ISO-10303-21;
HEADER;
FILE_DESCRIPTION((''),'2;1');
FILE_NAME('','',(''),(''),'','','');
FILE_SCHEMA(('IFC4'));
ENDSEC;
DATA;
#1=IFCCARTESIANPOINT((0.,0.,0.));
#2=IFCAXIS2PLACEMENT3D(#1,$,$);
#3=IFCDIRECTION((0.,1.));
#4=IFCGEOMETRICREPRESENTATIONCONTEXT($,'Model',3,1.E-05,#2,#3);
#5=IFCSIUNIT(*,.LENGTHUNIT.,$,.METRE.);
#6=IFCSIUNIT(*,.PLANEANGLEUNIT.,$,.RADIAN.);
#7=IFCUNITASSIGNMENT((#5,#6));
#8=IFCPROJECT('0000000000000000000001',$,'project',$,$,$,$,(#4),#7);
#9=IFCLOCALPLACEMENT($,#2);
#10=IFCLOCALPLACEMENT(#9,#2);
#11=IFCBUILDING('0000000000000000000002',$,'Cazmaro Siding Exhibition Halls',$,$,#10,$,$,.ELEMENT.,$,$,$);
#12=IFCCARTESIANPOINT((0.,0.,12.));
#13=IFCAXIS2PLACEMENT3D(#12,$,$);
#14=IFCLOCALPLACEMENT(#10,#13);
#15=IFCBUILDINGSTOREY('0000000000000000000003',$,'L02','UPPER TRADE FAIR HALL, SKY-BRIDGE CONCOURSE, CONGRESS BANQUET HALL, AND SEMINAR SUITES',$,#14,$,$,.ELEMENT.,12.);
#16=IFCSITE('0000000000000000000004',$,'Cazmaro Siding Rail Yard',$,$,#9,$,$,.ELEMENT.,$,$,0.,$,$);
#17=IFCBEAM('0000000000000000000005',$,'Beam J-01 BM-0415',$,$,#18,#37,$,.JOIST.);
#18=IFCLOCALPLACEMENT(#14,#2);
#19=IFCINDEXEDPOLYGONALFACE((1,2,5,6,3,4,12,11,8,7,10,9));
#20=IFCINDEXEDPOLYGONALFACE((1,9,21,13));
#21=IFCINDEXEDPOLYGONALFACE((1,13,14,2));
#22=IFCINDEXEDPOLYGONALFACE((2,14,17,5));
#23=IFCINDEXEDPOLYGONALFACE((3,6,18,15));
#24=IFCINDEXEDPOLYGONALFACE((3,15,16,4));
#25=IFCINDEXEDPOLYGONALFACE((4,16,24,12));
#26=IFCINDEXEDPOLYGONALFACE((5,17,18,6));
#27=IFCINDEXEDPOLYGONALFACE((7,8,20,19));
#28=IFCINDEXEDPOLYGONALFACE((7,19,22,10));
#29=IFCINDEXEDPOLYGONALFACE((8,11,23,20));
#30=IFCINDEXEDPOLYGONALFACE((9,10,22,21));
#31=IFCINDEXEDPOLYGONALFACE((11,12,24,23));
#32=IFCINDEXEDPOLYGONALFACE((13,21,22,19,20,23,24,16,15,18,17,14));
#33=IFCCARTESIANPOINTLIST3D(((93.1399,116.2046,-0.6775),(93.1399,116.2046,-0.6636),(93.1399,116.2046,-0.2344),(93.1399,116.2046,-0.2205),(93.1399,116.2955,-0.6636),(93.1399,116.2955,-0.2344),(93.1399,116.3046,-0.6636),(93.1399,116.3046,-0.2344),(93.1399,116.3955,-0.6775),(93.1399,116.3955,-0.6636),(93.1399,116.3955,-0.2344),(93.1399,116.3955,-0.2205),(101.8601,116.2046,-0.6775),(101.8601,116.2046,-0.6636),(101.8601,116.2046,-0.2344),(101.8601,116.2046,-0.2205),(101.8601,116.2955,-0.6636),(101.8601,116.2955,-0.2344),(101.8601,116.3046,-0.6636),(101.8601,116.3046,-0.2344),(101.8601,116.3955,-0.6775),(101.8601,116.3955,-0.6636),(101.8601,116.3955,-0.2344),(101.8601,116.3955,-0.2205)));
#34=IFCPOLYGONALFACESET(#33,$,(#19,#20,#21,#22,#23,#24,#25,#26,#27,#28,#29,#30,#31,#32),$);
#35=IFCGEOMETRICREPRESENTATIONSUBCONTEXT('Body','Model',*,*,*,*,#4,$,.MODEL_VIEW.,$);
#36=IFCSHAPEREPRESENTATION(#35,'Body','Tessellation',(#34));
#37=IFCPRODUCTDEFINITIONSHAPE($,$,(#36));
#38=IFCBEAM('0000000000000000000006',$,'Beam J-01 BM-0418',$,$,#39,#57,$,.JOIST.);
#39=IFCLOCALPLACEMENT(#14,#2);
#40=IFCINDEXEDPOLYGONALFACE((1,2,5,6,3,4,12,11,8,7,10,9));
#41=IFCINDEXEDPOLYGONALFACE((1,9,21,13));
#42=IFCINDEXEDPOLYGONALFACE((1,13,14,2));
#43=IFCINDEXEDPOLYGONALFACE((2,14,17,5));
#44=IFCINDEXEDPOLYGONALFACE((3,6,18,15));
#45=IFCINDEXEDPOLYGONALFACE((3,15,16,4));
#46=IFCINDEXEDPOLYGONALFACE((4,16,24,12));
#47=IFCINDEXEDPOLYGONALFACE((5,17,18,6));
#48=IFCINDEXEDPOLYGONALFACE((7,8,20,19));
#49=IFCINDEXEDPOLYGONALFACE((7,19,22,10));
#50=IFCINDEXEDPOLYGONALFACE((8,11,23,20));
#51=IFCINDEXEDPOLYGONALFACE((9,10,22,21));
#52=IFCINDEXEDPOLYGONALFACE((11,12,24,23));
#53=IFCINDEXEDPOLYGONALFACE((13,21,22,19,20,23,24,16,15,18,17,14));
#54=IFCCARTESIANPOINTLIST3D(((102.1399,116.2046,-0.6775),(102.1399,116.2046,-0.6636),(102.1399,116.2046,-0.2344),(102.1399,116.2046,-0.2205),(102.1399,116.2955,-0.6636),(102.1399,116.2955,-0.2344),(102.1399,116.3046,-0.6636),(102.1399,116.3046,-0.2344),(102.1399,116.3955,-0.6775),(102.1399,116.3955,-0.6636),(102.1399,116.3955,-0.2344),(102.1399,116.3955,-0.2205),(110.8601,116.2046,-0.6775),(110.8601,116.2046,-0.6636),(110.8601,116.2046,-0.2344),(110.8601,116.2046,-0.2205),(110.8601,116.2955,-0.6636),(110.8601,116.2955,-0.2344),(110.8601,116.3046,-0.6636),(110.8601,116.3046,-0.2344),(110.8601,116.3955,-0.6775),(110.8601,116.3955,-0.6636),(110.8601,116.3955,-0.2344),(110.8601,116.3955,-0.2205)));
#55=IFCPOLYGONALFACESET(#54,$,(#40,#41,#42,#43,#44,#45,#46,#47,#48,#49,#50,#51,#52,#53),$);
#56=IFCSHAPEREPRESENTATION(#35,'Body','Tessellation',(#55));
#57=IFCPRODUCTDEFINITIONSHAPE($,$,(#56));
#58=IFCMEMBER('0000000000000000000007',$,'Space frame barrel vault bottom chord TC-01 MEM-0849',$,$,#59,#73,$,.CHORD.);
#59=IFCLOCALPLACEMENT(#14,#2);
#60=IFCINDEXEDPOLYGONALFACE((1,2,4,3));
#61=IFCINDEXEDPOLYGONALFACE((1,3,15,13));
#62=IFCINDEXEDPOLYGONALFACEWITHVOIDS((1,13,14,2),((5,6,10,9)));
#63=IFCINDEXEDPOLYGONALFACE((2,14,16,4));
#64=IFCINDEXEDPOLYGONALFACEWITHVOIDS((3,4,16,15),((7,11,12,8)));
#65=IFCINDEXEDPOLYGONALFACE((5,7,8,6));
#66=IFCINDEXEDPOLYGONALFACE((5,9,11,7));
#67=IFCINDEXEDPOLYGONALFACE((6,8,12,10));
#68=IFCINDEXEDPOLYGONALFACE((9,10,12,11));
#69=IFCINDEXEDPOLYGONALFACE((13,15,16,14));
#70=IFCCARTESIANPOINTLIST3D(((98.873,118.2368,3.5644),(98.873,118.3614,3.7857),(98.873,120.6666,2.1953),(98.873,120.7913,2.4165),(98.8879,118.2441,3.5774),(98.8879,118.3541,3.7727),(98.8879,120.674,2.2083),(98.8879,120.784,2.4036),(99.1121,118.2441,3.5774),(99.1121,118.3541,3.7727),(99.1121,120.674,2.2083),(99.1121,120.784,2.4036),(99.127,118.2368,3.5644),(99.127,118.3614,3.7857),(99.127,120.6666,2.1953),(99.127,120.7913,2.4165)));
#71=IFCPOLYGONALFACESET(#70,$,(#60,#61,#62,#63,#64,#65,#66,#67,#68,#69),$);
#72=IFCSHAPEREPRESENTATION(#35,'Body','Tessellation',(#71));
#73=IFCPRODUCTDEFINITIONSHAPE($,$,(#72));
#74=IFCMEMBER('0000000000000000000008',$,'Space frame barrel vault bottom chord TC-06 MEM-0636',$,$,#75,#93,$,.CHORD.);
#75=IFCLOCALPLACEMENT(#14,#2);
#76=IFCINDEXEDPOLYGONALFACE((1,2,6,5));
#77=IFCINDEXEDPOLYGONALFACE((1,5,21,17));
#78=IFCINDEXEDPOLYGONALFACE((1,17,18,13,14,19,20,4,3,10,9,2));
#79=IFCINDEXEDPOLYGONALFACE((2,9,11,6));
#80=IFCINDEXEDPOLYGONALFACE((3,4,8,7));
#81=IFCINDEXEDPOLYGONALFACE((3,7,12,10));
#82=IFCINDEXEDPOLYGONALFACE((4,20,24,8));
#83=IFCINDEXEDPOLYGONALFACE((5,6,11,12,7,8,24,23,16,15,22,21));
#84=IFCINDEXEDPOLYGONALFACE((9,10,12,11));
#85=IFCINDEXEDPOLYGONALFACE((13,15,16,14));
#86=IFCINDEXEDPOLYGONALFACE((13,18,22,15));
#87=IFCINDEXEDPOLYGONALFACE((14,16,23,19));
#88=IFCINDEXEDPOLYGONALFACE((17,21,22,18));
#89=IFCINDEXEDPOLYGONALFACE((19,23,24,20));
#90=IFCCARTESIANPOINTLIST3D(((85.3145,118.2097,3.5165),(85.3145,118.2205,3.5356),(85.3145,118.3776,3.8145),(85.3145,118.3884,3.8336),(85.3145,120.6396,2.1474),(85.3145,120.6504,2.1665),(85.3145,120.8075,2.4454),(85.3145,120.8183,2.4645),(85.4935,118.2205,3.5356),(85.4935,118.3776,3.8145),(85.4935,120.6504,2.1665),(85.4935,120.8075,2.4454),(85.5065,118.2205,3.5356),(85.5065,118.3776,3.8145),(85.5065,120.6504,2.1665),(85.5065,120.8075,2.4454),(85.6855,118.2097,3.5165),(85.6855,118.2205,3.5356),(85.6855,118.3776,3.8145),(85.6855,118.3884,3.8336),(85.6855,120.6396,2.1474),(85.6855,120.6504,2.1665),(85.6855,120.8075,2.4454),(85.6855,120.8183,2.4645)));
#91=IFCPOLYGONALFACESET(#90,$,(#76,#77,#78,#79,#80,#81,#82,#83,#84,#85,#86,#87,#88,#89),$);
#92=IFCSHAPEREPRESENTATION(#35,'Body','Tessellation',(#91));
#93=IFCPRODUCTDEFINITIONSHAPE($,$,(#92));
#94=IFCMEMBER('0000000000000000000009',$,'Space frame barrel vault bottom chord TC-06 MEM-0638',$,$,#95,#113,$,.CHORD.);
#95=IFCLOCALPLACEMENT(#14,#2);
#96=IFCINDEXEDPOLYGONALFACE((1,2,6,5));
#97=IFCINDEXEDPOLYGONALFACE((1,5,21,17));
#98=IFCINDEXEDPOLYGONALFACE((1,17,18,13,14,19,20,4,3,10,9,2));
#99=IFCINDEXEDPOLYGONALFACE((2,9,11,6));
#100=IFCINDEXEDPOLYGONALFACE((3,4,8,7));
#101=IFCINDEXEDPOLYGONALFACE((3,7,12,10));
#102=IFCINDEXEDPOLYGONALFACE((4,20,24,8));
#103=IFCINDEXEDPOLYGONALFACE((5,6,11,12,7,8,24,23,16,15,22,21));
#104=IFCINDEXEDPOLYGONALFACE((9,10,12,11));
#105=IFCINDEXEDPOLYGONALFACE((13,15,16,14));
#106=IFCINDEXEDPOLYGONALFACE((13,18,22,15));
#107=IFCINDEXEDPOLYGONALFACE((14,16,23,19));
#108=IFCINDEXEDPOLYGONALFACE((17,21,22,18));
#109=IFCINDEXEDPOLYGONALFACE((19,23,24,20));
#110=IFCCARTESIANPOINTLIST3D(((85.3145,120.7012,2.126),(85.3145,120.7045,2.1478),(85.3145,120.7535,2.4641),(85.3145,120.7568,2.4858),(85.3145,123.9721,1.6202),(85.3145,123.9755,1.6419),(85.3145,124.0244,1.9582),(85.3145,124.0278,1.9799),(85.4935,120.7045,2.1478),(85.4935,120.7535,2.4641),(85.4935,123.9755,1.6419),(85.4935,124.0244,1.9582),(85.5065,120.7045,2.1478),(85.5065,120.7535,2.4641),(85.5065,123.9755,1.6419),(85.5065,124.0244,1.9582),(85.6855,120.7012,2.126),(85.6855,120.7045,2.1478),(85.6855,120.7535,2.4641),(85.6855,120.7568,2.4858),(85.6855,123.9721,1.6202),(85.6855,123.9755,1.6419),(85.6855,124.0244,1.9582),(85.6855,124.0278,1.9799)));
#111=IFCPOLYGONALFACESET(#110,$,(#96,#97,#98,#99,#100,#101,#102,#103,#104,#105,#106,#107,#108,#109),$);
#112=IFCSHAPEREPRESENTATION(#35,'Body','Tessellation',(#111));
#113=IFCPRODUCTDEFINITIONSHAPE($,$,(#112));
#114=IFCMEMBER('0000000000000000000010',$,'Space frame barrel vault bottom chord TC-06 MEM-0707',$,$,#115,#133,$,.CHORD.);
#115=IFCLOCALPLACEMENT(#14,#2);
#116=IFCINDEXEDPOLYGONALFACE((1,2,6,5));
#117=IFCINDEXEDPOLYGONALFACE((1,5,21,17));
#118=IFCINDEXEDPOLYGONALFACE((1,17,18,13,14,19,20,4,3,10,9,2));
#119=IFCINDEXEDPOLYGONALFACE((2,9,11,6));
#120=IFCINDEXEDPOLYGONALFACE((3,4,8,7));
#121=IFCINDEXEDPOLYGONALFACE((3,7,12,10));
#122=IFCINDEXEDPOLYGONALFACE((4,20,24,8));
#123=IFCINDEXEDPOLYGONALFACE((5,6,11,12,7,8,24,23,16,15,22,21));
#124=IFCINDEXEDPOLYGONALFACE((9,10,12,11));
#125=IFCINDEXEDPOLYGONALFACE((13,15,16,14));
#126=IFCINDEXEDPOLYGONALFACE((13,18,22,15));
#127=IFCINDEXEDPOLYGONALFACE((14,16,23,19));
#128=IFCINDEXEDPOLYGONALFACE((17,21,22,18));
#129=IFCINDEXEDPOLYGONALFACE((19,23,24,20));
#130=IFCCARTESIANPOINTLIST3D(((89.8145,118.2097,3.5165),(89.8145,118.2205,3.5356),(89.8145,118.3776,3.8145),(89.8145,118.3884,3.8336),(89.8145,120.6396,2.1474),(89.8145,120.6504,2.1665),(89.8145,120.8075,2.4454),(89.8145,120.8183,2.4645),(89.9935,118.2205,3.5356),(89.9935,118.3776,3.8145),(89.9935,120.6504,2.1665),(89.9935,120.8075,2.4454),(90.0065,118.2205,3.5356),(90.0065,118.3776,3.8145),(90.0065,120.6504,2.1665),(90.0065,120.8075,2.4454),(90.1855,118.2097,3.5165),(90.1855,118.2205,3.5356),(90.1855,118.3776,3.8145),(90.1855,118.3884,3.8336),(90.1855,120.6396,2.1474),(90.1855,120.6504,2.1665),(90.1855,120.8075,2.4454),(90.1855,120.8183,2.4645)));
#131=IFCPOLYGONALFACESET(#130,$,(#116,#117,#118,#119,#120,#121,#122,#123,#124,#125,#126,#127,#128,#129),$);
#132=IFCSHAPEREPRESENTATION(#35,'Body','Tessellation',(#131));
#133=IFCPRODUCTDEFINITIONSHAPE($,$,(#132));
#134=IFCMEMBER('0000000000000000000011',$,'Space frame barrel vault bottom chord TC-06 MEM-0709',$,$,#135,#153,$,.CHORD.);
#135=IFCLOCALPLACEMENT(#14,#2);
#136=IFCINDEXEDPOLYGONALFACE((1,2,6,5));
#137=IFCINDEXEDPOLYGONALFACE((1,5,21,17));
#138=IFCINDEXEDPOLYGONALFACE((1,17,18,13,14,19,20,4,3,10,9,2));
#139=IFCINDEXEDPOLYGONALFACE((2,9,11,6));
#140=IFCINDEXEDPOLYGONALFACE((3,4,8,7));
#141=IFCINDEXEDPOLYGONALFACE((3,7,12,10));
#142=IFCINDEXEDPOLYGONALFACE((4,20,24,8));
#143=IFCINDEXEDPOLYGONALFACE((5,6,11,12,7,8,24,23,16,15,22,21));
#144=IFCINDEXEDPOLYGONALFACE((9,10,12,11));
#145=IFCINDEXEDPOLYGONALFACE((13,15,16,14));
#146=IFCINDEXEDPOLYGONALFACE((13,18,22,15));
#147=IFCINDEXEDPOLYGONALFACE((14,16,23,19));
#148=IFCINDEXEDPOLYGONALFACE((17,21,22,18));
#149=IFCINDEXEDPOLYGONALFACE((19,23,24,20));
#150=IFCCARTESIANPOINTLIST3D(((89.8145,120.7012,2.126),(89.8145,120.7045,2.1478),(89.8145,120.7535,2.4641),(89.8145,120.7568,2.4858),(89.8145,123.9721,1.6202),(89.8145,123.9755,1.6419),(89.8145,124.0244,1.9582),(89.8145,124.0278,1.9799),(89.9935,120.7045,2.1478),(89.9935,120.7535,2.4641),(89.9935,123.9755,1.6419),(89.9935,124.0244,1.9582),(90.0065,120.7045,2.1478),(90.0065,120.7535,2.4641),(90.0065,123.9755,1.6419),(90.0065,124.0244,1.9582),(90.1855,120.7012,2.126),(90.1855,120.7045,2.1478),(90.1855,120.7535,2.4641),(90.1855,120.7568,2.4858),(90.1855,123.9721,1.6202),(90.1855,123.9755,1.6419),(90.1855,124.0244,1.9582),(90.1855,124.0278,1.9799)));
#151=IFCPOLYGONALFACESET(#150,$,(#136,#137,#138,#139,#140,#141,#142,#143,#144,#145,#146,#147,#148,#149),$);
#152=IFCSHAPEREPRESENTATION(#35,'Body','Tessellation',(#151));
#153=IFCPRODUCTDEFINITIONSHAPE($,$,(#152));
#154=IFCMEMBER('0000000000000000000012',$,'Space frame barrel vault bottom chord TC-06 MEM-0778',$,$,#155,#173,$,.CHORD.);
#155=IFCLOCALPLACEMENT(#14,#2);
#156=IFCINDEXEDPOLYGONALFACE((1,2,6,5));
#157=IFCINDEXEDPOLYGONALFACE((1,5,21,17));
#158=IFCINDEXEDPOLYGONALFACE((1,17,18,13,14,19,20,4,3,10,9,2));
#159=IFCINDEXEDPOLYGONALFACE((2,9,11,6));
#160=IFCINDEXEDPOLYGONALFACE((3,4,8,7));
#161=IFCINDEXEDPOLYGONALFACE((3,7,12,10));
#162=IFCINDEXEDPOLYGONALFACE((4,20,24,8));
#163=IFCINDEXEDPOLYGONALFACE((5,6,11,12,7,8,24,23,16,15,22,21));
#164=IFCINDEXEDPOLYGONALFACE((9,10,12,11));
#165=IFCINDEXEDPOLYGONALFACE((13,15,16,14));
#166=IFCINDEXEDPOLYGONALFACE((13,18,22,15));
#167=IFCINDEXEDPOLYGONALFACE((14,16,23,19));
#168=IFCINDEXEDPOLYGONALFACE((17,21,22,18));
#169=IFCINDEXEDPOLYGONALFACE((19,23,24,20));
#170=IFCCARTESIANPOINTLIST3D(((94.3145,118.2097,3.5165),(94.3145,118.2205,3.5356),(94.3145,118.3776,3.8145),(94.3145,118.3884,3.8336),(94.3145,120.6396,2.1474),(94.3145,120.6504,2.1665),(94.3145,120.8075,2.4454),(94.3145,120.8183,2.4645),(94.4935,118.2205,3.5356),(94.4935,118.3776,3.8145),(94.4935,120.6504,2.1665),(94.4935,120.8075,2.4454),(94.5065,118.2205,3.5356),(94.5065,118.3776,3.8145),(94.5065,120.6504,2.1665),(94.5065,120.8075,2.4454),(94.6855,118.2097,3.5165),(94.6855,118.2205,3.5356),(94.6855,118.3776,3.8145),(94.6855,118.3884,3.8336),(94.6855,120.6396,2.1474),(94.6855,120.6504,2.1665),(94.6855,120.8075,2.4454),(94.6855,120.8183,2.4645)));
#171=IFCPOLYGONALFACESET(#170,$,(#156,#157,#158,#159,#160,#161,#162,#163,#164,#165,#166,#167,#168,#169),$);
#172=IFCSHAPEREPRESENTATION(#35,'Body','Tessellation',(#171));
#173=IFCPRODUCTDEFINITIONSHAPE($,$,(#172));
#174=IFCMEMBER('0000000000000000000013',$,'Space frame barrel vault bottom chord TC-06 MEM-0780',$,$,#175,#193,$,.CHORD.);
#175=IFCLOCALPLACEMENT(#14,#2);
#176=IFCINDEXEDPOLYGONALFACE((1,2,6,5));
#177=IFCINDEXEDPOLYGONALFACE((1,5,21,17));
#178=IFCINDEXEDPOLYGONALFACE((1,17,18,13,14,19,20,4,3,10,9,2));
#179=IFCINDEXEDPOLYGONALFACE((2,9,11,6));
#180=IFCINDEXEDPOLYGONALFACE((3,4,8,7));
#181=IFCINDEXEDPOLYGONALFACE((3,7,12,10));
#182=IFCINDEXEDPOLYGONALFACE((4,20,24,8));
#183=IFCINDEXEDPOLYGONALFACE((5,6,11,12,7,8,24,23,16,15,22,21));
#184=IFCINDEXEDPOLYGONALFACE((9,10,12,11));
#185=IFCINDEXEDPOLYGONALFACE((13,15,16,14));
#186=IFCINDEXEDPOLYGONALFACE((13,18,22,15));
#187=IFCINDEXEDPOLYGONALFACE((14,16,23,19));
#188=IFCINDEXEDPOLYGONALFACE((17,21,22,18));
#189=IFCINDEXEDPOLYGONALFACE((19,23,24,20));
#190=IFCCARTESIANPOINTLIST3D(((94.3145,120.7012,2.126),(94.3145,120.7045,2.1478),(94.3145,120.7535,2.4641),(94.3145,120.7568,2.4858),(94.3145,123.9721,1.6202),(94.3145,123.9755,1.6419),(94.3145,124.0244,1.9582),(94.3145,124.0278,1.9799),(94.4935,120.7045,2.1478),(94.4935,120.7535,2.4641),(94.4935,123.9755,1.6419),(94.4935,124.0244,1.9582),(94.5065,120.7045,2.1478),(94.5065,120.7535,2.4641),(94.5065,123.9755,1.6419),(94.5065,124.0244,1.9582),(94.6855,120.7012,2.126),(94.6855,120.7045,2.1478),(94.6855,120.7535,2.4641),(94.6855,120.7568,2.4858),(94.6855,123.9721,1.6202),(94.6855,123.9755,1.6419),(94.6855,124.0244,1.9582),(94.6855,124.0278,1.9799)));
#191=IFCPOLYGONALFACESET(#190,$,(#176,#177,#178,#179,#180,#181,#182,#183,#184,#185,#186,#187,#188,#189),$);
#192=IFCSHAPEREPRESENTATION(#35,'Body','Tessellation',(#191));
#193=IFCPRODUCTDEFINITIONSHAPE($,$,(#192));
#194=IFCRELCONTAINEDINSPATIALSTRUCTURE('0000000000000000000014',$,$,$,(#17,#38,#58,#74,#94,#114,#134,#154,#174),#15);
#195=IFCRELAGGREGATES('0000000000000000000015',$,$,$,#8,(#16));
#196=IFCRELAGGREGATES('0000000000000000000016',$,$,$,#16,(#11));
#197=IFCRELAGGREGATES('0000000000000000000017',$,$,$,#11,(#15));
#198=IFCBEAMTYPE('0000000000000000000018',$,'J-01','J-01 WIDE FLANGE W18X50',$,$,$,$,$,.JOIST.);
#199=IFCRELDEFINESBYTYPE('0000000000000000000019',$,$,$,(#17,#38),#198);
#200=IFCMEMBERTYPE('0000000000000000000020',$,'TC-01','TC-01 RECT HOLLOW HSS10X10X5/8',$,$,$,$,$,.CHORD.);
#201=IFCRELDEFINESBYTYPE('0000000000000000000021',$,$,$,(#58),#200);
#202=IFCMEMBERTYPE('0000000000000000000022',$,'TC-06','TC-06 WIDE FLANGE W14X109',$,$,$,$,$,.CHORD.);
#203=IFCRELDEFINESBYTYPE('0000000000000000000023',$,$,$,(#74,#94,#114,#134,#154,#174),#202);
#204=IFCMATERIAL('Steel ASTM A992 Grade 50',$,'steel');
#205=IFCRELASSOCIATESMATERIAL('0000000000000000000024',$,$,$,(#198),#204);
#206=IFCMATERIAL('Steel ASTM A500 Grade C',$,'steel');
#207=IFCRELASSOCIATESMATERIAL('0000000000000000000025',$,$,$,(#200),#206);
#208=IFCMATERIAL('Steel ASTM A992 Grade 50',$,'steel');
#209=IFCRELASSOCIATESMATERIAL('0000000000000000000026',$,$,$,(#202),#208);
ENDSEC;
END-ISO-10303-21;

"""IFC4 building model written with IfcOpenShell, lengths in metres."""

from ifc_helpers import new_model, si_unit, direction, frame, origin, origin_2d, place, context, subcontext, project, spatial, hollow_rectangle, i_section, extrude, material, material_profile, profile_set, type_object, element, save


model = new_model("IFC4")

# Units and contexts
model_context = context("Model", 3, precision=1e-05, world=origin(), true_north=direction((0.0, 1.0)))
body_context = subcontext(model_context, "Body", "Model", "MODEL_VIEW")
ifc_project = project(units=[si_unit("LENGTHUNIT", "METRE"), si_unit("PLANEANGLEUNIT", "RADIAN")], contexts=[model_context])

# Site, building, storey
site_placement = place(None, origin())
site = spatial("IfcSite", under=ifc_project, at=site_placement, Name="Cazmaro Siding Rail Yard", CompositionType="ELEMENT", RefElevation=0.0)
building_placement = place(site_placement, origin())
building = spatial("IfcBuilding", under=site, at=building_placement, Name="Cazmaro Siding Exhibition Halls", CompositionType="ELEMENT")
storey_placement = place(building_placement, frame((0.0, 0.0, 12.0)))
storey = spatial("IfcBuildingStorey", under=building, at=storey_placement, Name="L02", Description="UPPER TRADE FAIR HALL, SKY-BRIDGE CONCOURSE, CONGRESS BANQUET HALL, AND SEMINAR SUITES", CompositionType="ELEMENT", Elevation=12.0)

# Beams
ifc_material_1 = material(Name="Steel ASTM A992 Grade 50", Category="steel")
ifc_material_profile_1 = material_profile(ifc_material_1, i_section(OverallWidth=0.1909, OverallDepth=0.457, WebThickness=0.009, FlangeThickness=0.0139, at=origin_2d()), Name="W18X50")
ifc_profile_set_1 = profile_set([ifc_material_profile_1], Name="Steel ASTM A992 Grade 50")
beam_type = type_object("IfcBeamType", Name="J-01", Description="J-01 WIDE FLANGE W18X50", PredefinedType="JOIST", material=ifc_profile_set_1)
for number, where, z_axis, x_axis, name in (
    (1, (93.1399, 116.3, -0.449), (1.0, 0.0, 0.0), (0.0, 1.0, 0.0), "Beam J-01 BM-0415"),
    (2, (102.1399, 116.3, -0.449), (1.0, 0.0, 0.0), (0.0, 1.0, 0.0), "Beam J-01 BM-0418"),
):
    element("IfcBeam", number, at=place(storey_placement, frame(where, z_axis=z_axis, x_axis=x_axis)), inside=storey, type_object=beam_type, Name=name, PredefinedType="JOIST", context=body_context, shape_type="SweptSolid", body=[
        extrude(i_section(OverallWidth=0.1909, OverallDepth=0.457, WebThickness=0.009, FlangeThickness=0.0139, at=origin_2d()), origin(), (0.0, 0.0, 1.0), 8.7202),
    ])

# Members
ifc_material_2 = material(Name="Steel ASTM A500 Grade C", Category="steel")
ifc_material_profile_2 = material_profile(ifc_material_2, hollow_rectangle(XDim=0.2539, YDim=0.2539, WallThickness=0.0149, at=origin_2d()), Name="HSS10X10X5/8")
ifc_profile_set_2 = profile_set([ifc_material_profile_2], Name="Steel ASTM A500 Grade C")
member_type_1 = type_object("IfcMemberType", Name="TC-01", Description="TC-01 RECT HOLLOW HSS10X10X5/8", PredefinedType="CHORD", material=ifc_profile_set_2)
member_1_placement = place(storey_placement, frame((99.0, 118.2991, 3.675), z_axis=(0.0, 0.871222, -0.490889), x_axis=(-1.0, 0.0, 0.0)))
element("IfcMember", 3, at=member_1_placement, inside=storey, type_object=member_type_1, Name="Space frame barrel vault bottom chord TC-01 MEM-0849", PredefinedType="CHORD", context=body_context, shape_type="SweptSolid", body=[
    extrude(hollow_rectangle(XDim=0.2539, YDim=0.2539, WallThickness=0.0149, at=origin_2d()), origin(), (0.0, 0.0, 1.0), 2.7891),
])
ifc_material_3 = material(Name="Steel ASTM A992 Grade 50", Category="steel")
ifc_material_profile_3 = material_profile(ifc_material_3, i_section(OverallWidth=0.3711, OverallDepth=0.364, WebThickness=0.0129, FlangeThickness=0.022, at=origin_2d()), Name="W14X109")
ifc_profile_set_3 = profile_set([ifc_material_profile_3], Name="Steel ASTM A992 Grade 50")
member_type_2 = type_object("IfcMemberType", Name="TC-06", Description="TC-06 WIDE FLANGE W14X109", PredefinedType="CHORD", material=ifc_profile_set_3)
member_2_placement = place(storey_placement, frame((85.5, 118.2991, 3.675), z_axis=(0.0, 0.871222, -0.490889), x_axis=(-1.0, 0.0, 0.0)))
element("IfcMember", 4, at=member_2_placement, inside=storey, type_object=member_type_2, Name="Space frame barrel vault bottom chord TC-06 MEM-0636", PredefinedType="CHORD", context=body_context, shape_type="SweptSolid", body=[
    extrude(i_section(OverallWidth=0.3711, OverallDepth=0.364, WebThickness=0.0129, FlangeThickness=0.022, at=origin_2d()), origin(), (0.0, 0.0, 1.0), 2.7891),
])
member_3_placement = place(storey_placement, frame((85.5, 120.729, 2.3059), z_axis=(0.0, 0.988252, -0.152833), x_axis=(-1.0, 0.0, 0.0)))
element("IfcMember", 5, at=member_3_placement, inside=storey, type_object=member_type_2, Name="Space frame barrel vault bottom chord TC-06 MEM-0638", PredefinedType="CHORD", context=body_context, shape_type="SweptSolid", body=[
    extrude(i_section(OverallWidth=0.3711, OverallDepth=0.364, WebThickness=0.0129, FlangeThickness=0.022, at=origin_2d()), origin(), (0.0, 0.0, 1.0), 3.3098),
])
member_4_placement = place(storey_placement, frame((90.0, 118.2991, 3.675), z_axis=(0.0, 0.871222, -0.490889), x_axis=(-1.0, 0.0, 0.0)))
element("IfcMember", 6, at=member_4_placement, inside=storey, type_object=member_type_2, Name="Space frame barrel vault bottom chord TC-06 MEM-0707", PredefinedType="CHORD", context=body_context, shape_type="SweptSolid", body=[
    extrude(i_section(OverallWidth=0.3711, OverallDepth=0.364, WebThickness=0.0129, FlangeThickness=0.022, at=origin_2d()), origin(), (0.0, 0.0, 1.0), 2.7891),
])
member_5_placement = place(storey_placement, frame((90.0, 120.729, 2.3059), z_axis=(0.0, 0.988252, -0.152833), x_axis=(-1.0, 0.0, 0.0)))
element("IfcMember", 7, at=member_5_placement, inside=storey, type_object=member_type_2, Name="Space frame barrel vault bottom chord TC-06 MEM-0709", PredefinedType="CHORD", context=body_context, shape_type="SweptSolid", body=[
    extrude(i_section(OverallWidth=0.3711, OverallDepth=0.364, WebThickness=0.0129, FlangeThickness=0.022, at=origin_2d()), origin(), (0.0, 0.0, 1.0), 3.3098),
])
member_6_placement = place(storey_placement, frame((94.5, 118.2991, 3.675), z_axis=(0.0, 0.871222, -0.490889), x_axis=(-1.0, 0.0, 0.0)))
element("IfcMember", 8, at=member_6_placement, inside=storey, type_object=member_type_2, Name="Space frame barrel vault bottom chord TC-06 MEM-0778", PredefinedType="CHORD", context=body_context, shape_type="SweptSolid", body=[
    extrude(i_section(OverallWidth=0.3711, OverallDepth=0.364, WebThickness=0.0129, FlangeThickness=0.022, at=origin_2d()), origin(), (0.0, 0.0, 1.0), 2.7891),
])
member_7_placement = place(storey_placement, frame((94.5, 120.729, 2.3059), z_axis=(0.0, 0.988252, -0.152833), x_axis=(-1.0, 0.0, 0.0)))
element("IfcMember", 9, at=member_7_placement, inside=storey, type_object=member_type_2, Name="Space frame barrel vault bottom chord TC-06 MEM-0780", PredefinedType="CHORD", context=body_context, shape_type="SweptSolid", body=[
    extrude(i_section(OverallWidth=0.3711, OverallDepth=0.364, WebThickness=0.0129, FlangeThickness=0.022, at=origin_2d()), origin(), (0.0, 0.0, 1.0), 3.3098),
])

save(model, "model.ifc")
